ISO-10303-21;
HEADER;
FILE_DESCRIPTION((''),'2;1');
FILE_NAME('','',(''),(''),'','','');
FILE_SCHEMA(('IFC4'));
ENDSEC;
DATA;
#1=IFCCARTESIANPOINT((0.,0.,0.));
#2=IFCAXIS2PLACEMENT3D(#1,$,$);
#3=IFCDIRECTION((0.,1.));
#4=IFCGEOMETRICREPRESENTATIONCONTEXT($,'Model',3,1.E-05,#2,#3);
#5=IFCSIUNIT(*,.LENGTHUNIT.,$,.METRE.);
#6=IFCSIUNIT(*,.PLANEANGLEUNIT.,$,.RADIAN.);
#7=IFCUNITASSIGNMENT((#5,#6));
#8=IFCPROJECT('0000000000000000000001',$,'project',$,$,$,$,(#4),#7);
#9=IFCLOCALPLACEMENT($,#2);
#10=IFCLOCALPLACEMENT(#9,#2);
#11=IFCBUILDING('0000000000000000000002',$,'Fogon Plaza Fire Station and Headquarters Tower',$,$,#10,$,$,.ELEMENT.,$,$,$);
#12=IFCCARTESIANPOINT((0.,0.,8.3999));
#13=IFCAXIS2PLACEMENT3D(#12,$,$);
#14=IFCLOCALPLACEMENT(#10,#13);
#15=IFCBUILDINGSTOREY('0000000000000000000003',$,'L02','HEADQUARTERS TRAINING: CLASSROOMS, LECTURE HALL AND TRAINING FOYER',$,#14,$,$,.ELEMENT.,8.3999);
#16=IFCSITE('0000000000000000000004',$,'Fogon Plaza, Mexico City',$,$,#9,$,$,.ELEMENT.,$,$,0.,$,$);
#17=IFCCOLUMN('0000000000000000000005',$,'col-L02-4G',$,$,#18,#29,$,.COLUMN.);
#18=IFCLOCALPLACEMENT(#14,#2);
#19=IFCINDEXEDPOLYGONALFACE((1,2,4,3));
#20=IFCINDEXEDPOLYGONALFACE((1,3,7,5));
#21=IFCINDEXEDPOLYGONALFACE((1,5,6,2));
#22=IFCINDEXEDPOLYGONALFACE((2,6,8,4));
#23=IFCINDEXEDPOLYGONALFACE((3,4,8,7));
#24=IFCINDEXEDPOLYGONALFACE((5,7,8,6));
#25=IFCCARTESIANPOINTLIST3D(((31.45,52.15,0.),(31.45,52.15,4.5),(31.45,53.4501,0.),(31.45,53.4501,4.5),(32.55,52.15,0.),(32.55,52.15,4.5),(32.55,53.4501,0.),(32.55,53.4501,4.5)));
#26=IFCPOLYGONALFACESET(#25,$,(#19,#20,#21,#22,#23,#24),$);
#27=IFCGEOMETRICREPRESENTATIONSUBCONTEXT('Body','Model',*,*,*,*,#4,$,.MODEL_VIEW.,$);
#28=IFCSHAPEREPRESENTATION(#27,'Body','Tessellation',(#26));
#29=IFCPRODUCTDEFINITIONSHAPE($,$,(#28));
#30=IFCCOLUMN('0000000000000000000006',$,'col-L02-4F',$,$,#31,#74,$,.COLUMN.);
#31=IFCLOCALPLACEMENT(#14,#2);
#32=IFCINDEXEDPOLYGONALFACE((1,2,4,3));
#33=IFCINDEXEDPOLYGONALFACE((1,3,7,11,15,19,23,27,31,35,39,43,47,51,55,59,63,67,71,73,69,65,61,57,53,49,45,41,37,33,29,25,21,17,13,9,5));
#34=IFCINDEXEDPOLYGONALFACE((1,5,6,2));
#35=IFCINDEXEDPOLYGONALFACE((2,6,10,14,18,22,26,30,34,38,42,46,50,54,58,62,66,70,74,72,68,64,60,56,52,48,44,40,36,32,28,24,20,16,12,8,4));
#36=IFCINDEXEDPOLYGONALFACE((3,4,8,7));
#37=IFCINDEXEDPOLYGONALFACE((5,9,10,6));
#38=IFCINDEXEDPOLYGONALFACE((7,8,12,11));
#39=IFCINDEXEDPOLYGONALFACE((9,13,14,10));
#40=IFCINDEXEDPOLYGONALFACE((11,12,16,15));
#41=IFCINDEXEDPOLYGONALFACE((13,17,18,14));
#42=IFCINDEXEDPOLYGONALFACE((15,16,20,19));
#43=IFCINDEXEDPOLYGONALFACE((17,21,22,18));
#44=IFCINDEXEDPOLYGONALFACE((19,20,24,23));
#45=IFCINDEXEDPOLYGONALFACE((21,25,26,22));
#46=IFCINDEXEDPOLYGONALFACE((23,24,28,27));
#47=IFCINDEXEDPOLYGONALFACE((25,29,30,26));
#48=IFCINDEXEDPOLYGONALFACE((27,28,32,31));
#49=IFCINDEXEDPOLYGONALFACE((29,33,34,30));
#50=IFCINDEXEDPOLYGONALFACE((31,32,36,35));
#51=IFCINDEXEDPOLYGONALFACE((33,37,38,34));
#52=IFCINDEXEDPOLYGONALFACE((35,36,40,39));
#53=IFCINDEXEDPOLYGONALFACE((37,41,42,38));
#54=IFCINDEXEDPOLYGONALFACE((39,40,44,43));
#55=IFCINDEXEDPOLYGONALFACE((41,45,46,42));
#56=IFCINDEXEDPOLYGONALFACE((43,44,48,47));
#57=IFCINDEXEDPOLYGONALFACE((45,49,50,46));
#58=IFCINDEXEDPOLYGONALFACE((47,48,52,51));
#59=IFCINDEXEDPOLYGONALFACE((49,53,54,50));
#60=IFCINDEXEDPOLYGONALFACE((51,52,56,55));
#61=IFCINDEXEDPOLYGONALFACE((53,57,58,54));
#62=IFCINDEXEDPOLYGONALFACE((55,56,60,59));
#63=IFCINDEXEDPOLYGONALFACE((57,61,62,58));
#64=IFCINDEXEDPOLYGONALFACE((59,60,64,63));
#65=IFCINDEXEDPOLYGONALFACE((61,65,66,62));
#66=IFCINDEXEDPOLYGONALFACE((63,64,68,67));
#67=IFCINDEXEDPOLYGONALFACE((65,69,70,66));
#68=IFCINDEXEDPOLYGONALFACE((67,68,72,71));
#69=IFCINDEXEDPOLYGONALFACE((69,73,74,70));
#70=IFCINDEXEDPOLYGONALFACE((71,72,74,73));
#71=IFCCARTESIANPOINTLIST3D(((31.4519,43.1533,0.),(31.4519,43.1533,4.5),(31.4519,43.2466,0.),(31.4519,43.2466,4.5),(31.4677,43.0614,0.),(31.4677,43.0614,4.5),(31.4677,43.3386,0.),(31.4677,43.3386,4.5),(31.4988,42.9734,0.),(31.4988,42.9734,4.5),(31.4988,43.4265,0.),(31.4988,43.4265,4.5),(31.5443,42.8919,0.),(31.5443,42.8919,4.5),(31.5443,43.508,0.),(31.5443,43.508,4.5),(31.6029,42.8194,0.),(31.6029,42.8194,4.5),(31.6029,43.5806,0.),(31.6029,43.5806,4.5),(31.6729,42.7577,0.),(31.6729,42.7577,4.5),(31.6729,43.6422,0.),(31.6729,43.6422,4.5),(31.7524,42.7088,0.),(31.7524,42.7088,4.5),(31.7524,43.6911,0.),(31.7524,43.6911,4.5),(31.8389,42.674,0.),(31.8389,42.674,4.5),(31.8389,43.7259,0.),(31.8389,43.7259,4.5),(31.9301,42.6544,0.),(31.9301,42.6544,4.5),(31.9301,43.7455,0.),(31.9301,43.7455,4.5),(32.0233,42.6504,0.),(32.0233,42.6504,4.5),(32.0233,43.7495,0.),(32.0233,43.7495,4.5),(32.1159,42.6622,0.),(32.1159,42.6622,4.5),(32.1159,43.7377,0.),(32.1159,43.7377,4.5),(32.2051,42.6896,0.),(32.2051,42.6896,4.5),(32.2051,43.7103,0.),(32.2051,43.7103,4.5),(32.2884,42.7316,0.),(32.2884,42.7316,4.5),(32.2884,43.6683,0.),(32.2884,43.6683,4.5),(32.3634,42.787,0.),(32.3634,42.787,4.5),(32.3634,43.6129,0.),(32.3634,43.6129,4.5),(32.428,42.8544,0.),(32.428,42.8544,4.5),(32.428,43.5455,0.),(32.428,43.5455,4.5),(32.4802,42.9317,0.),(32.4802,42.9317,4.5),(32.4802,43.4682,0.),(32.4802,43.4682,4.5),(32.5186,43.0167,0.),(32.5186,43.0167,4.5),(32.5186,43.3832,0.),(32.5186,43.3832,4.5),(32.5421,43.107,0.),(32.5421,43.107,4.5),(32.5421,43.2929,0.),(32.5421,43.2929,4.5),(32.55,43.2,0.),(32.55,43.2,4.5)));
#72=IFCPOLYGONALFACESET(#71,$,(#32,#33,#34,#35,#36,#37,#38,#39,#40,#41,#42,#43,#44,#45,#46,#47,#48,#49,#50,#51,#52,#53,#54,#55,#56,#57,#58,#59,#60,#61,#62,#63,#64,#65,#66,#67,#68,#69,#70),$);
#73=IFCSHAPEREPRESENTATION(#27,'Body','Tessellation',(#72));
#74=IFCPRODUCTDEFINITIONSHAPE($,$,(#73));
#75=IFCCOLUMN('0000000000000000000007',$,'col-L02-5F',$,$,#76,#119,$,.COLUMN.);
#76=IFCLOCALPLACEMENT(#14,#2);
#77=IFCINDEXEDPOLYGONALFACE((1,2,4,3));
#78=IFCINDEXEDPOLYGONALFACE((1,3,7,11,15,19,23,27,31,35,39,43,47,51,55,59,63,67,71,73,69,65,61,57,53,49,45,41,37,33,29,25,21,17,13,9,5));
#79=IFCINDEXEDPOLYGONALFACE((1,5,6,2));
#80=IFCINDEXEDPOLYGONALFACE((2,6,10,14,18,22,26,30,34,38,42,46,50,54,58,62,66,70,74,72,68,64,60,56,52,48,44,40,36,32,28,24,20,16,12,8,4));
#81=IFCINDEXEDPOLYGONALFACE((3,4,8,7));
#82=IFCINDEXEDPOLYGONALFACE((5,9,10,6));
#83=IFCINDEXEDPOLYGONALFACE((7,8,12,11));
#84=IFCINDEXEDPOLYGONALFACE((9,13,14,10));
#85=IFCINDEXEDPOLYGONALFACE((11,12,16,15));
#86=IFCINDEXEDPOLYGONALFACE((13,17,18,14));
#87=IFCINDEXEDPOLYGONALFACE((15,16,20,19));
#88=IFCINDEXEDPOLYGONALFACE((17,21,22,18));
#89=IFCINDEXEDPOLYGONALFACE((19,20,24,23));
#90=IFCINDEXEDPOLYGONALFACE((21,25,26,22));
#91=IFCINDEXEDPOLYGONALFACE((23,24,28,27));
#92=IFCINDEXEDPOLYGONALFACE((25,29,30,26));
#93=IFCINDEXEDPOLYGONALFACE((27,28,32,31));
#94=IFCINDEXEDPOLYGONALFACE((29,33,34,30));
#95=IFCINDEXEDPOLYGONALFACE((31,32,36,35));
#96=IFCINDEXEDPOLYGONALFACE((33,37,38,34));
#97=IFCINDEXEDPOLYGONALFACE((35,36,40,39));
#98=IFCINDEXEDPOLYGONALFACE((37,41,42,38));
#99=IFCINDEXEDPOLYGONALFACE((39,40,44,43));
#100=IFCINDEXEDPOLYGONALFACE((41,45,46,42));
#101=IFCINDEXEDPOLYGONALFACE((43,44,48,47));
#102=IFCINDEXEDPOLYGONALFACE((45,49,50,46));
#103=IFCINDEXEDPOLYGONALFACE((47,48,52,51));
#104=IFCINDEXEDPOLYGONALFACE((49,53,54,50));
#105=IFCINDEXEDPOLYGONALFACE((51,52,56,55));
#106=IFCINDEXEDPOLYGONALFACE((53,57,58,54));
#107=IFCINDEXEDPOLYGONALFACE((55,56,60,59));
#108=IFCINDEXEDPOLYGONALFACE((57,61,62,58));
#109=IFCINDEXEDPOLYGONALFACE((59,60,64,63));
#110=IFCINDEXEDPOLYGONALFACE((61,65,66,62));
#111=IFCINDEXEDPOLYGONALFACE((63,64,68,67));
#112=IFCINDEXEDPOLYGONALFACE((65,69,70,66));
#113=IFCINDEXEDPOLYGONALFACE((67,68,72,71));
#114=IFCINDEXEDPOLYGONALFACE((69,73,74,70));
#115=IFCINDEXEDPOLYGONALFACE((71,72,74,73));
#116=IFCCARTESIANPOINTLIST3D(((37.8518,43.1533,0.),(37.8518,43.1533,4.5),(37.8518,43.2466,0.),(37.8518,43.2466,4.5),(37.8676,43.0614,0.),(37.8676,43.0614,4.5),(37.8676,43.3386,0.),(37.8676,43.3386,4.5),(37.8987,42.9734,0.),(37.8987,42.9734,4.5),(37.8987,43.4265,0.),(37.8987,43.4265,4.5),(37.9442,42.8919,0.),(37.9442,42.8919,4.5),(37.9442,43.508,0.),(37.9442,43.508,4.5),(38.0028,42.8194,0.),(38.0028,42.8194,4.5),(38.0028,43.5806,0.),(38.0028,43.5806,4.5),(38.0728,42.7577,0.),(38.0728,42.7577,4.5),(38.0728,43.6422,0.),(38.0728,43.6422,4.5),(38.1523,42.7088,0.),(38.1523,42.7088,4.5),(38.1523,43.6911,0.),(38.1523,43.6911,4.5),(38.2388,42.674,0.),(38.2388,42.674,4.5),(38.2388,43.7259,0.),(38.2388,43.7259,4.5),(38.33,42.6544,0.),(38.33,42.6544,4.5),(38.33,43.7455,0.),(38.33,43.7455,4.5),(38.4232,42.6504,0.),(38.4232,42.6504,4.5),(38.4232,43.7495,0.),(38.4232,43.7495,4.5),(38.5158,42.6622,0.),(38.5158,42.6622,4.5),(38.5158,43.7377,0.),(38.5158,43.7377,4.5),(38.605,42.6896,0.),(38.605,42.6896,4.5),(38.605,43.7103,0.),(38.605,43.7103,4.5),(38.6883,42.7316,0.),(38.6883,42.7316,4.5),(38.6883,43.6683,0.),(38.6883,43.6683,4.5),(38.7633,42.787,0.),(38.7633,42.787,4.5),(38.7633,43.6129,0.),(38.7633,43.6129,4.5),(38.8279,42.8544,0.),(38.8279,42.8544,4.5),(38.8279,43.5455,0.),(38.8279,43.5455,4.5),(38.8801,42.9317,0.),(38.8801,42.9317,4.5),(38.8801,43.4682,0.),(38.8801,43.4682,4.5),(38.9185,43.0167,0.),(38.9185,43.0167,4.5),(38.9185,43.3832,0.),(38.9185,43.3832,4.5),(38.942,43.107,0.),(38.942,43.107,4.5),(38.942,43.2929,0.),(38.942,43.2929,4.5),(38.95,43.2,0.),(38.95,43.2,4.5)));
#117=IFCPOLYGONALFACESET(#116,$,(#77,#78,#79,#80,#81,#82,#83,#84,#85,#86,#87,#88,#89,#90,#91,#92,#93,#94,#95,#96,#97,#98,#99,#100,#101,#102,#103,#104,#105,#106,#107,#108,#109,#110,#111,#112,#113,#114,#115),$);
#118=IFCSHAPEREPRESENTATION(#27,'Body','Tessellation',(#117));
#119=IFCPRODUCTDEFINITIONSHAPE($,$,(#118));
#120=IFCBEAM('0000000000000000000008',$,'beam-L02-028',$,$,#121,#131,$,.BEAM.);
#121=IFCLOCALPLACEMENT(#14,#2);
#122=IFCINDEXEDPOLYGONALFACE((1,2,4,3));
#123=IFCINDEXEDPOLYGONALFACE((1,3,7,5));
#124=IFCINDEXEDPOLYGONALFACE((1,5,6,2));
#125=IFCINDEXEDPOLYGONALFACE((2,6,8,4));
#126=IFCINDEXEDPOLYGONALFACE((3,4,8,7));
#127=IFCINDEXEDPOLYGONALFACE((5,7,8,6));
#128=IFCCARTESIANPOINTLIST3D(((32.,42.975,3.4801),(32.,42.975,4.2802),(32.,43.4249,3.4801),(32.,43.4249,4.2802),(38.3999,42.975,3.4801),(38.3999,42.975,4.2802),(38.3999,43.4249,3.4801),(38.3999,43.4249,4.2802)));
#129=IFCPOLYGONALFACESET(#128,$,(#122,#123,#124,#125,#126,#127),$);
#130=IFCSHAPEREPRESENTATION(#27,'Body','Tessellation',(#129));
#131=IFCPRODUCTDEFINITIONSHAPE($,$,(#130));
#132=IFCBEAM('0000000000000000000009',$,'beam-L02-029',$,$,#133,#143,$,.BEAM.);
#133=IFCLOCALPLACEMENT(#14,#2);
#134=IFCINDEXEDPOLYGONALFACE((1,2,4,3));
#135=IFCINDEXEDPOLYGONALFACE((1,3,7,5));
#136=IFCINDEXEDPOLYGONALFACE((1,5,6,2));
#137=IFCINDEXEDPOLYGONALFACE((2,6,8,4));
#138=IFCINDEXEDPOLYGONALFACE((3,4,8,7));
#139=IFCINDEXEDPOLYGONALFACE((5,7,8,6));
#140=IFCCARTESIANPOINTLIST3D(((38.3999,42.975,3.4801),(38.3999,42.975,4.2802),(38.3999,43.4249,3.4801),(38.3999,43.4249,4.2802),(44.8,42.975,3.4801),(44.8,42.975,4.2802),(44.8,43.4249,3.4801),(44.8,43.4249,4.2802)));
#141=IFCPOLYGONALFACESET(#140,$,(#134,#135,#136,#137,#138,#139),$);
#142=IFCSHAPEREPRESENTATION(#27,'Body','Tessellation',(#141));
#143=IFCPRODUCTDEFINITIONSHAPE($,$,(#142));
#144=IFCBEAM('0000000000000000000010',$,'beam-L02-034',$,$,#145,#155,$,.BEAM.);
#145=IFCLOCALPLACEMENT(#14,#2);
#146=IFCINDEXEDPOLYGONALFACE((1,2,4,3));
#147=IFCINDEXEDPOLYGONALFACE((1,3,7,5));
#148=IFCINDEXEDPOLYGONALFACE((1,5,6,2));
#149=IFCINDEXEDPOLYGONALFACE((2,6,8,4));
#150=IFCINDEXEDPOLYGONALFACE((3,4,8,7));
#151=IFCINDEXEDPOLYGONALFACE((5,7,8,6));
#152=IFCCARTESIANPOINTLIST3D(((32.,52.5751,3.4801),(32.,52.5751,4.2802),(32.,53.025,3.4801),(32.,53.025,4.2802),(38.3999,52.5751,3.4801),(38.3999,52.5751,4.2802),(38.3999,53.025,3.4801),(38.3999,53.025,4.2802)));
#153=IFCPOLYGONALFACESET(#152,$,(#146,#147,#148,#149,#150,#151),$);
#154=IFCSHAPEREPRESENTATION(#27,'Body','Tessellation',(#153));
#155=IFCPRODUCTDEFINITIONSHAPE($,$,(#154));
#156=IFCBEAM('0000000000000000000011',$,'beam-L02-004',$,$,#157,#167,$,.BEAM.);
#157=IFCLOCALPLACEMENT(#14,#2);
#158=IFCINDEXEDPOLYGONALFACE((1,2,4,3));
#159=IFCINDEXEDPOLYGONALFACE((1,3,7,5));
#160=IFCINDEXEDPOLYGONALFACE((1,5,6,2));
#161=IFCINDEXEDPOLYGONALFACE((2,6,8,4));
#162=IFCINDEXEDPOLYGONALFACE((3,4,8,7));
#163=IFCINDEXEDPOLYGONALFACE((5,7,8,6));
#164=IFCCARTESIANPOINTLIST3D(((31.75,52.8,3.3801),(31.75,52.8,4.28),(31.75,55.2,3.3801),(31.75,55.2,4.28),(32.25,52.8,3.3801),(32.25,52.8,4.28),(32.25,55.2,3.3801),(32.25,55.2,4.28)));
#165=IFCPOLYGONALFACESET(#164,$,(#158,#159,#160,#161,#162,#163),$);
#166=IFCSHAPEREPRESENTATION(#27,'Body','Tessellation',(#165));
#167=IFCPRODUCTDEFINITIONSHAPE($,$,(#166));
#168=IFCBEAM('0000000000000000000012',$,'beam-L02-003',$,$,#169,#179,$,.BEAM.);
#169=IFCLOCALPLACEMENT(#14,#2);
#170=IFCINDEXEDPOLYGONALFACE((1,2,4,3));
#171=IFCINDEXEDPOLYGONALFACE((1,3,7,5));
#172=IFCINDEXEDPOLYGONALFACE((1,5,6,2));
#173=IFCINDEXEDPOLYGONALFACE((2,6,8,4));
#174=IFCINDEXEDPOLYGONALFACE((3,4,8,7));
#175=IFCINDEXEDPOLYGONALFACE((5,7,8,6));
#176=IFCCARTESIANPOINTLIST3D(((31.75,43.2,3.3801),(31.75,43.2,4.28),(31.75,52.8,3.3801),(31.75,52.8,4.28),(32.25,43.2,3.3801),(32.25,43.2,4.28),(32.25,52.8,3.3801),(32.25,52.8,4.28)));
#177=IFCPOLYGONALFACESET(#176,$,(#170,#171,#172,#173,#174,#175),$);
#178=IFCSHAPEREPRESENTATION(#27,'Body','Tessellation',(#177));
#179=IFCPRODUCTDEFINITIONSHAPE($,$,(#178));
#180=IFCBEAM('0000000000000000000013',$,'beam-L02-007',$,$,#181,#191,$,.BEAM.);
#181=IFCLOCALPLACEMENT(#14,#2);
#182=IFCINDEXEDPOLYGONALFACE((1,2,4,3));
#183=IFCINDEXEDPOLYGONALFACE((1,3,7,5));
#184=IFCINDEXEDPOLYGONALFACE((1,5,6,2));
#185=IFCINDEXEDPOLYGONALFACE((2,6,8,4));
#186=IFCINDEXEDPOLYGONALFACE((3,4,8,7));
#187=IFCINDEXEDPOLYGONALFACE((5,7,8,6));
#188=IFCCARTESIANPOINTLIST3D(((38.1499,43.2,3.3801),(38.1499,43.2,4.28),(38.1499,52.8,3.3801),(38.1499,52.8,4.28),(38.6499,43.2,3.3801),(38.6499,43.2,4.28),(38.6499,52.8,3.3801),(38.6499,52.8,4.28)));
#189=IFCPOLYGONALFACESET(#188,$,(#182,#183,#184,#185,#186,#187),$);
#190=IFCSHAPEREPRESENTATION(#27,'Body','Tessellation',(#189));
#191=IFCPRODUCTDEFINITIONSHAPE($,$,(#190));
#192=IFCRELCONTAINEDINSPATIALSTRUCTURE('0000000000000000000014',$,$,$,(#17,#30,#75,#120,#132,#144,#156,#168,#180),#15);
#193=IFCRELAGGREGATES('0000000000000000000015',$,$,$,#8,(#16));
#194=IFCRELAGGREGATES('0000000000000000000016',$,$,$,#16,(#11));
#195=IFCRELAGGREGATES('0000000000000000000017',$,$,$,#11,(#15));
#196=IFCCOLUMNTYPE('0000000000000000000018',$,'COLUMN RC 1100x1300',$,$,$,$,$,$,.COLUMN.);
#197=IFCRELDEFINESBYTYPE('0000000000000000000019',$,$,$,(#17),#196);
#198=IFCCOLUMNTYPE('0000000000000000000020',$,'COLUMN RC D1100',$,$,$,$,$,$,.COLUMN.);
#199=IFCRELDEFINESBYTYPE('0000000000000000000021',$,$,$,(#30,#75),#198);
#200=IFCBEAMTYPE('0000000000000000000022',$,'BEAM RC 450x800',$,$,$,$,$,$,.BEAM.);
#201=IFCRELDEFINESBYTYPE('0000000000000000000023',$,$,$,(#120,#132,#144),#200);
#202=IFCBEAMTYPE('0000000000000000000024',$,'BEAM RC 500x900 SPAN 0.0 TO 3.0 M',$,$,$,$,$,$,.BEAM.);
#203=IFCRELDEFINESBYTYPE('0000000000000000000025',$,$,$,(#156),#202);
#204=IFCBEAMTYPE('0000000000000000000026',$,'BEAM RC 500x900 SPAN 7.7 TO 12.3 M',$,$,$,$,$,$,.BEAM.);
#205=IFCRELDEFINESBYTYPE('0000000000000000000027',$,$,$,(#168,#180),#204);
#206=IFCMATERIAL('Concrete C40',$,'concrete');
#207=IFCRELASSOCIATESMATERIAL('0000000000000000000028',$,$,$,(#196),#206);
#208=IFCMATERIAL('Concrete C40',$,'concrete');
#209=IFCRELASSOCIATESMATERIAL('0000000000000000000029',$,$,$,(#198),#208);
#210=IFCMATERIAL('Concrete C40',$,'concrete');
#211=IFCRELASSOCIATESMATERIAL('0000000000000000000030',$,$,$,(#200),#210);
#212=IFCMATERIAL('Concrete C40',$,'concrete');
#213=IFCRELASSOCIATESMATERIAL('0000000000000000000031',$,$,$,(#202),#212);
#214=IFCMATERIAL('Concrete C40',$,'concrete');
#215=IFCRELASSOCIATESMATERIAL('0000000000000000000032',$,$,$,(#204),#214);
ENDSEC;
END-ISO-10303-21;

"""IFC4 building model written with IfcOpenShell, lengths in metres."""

from ifc_helpers import new_model, si_unit, direction, frame, origin, origin_2d, place, context, subcontext, project, spatial, rectangle, circle, extrude, material, material_profile, profile_set, type_object, element, save


model = new_model("IFC4")

# Units and contexts
model_context = context("Model", 3, precision=1e-05, world=origin(), true_north=direction((0.0, 1.0)))
body_context = subcontext(model_context, "Body", "Model", "MODEL_VIEW")
ifc_project = project(units=[si_unit("LENGTHUNIT", "METRE"), si_unit("PLANEANGLEUNIT", "RADIAN")], contexts=[model_context])

# Site, building, storey
site_placement = place(None, origin())
site = spatial("IfcSite", under=ifc_project, at=site_placement, Name="Fogon Plaza, Mexico City", CompositionType="ELEMENT", RefElevation=0.0)
building_placement = place(site_placement, origin())
building = spatial("IfcBuilding", under=site, at=building_placement, Name="Fogon Plaza Fire Station and Headquarters Tower", CompositionType="ELEMENT")
storey_placement = place(building_placement, frame((0.0, 0.0, 8.3999)))
storey = spatial("IfcBuildingStorey", under=building, at=storey_placement, Name="L02", Description="HEADQUARTERS TRAINING: CLASSROOMS, LECTURE HALL AND TRAINING FOYER", CompositionType="ELEMENT", Elevation=8.3999)

# Columns
ifc_material_1 = material(Name="Concrete C40", Category="concrete")
ifc_material_profile_1 = material_profile(ifc_material_1, rectangle(XDim=1.1001, YDim=1.3, at=origin_2d()), Name="RC 1100x1300")
ifc_profile_set_1 = profile_set([ifc_material_profile_1], Name="Concrete C40")
column_type_1 = type_object("IfcColumnType", Name="COLUMN RC 1100x1300", PredefinedType="COLUMN", material=ifc_profile_set_1)
column_placement = place(storey_placement, frame((32.0, 52.8, 0.0), z_axis=(0.0, 0.0, 1.0), x_axis=(1.0, 0.0, 0.0)))
element("IfcColumn", 1, at=column_placement, inside=storey, type_object=column_type_1, Name="col-L02-4G", PredefinedType="COLUMN", context=body_context, shape_type="SweptSolid", body=[
    extrude(rectangle(XDim=1.1001, YDim=1.3, at=origin_2d()), origin(), (0.0, 0.0, 1.0), 4.5),
])
ifc_material_2 = material(Name="Concrete C40", Category="concrete")
ifc_material_profile_2 = material_profile(ifc_material_2, circle(Radius=0.55, at=origin_2d()), Name="RC D1100")
ifc_profile_set_2 = profile_set([ifc_material_profile_2], Name="Concrete C40")
column_type_2 = type_object("IfcColumnType", Name="COLUMN RC D1100", PredefinedType="COLUMN", material=ifc_profile_set_2)
for number, where, z_axis, x_axis, name in (
    (2, (32.0, 43.2, 0.0), (0.0, 0.0, 1.0), (1.0, 0.0, 0.0), "col-L02-4F"),
    (3, (38.3999, 43.2, 0.0), (0.0, 0.0, 1.0), (1.0, 0.0, 0.0), "col-L02-5F"),
):
    element("IfcColumn", number, at=place(storey_placement, frame(where, z_axis=z_axis, x_axis=x_axis)), inside=storey, type_object=column_type_2, Name=name, PredefinedType="COLUMN", context=body_context, shape_type="SweptSolid", body=[
        extrude(circle(Radius=0.55, at=origin_2d()), origin(), (0.0, 0.0, 1.0), 4.5),
    ])

# Beams
ifc_material_3 = material(Name="Concrete C40", Category="concrete")
ifc_material_profile_3 = material_profile(ifc_material_3, rectangle(XDim=0.45, YDim=0.8, at=origin_2d()), Name="RC 450x800")
ifc_profile_set_3 = profile_set([ifc_material_profile_3], Name="Concrete C40")
beam_type_1 = type_object("IfcBeamType", Name="BEAM RC 450x800", PredefinedType="BEAM", material=ifc_profile_set_3)
beam_1_placement = place(storey_placement, frame((32.0, 43.2, 3.8801), z_axis=(1.0, 0.0, 0.0), x_axis=(0.0, 1.0, 0.0)))
element("IfcBeam", 4, at=beam_1_placement, inside=storey, type_object=beam_type_1, Name="beam-L02-028", PredefinedType="BEAM", context=body_context, shape_type="SweptSolid", body=[
    extrude(rectangle(XDim=0.45, YDim=0.8, at=origin_2d()), origin(), (0.0, 0.0, 1.0), 6.3999),
])
beam_2_placement = place(storey_placement, frame((38.3999, 43.2, 3.8801), z_axis=(1.0, 0.0, 0.0), x_axis=(0.0, 1.0, 0.0)))
element("IfcBeam", 5, at=beam_2_placement, inside=storey, type_object=beam_type_1, Name="beam-L02-029", PredefinedType="BEAM", context=body_context, shape_type="SweptSolid", body=[
    extrude(rectangle(XDim=0.45, YDim=0.8, at=origin_2d()), origin(), (0.0, 0.0, 1.0), 6.4001),
])
beam_3_placement = place(storey_placement, frame((32.0, 52.8, 3.8801), z_axis=(1.0, 0.0, 0.0), x_axis=(0.0, 1.0, 0.0)))
element("IfcBeam", 6, at=beam_3_placement, inside=storey, type_object=beam_type_1, Name="beam-L02-034", PredefinedType="BEAM", context=body_context, shape_type="SweptSolid", body=[
    extrude(rectangle(XDim=0.45, YDim=0.8, at=origin_2d()), origin(), (0.0, 0.0, 1.0), 6.3999),
])
ifc_material_4 = material(Name="Concrete C40", Category="concrete")
ifc_material_profile_4 = material_profile(ifc_material_4, rectangle(XDim=0.5, YDim=0.8999, at=origin_2d()), Name="RC 500x900")
ifc_profile_set_4 = profile_set([ifc_material_profile_4], Name="Concrete C40")
beam_type_2 = type_object("IfcBeamType", Name="BEAM RC 500x900 SPAN 0.0 TO 3.0 M", PredefinedType="BEAM", material=ifc_profile_set_4)
beam_4_placement = place(storey_placement, frame((32.0, 52.8, 3.8301), z_axis=(0.0, 1.0, 0.0), x_axis=(-1.0, 0.0, 0.0)))
element("IfcBeam", 7, at=beam_4_placement, inside=storey, type_object=beam_type_2, Name="beam-L02-004", PredefinedType="BEAM", context=body_context, shape_type="SweptSolid", body=[
    extrude(rectangle(XDim=0.5, YDim=0.8999, at=origin_2d()), origin(), (0.0, 0.0, 1.0), 2.3999),
])
ifc_material_5 = material(Name="Concrete C40", Category="concrete")
ifc_material_profile_5 = material_profile(ifc_material_5, rectangle(XDim=0.5, YDim=0.8999, at=origin_2d()), Name="RC 500x900")
ifc_profile_set_5 = profile_set([ifc_material_profile_5], Name="Concrete C40")
beam_type_3 = type_object("IfcBeamType", Name="BEAM RC 500x900 SPAN 7.7 TO 12.3 M", PredefinedType="BEAM", material=ifc_profile_set_5)
for number, where, z_axis, x_axis, name in (
    (8, (32.0, 43.2, 3.8301), (0.0, 1.0, 0.0), (-1.0, 0.0, 0.0), "beam-L02-003"),
    (9, (38.3999, 43.2, 3.8301), (0.0, 1.0, 0.0), (-1.0, 0.0, 0.0), "beam-L02-007"),
):
    element("IfcBeam", number, at=place(storey_placement, frame(where, z_axis=z_axis, x_axis=x_axis)), inside=storey, type_object=beam_type_3, Name=name, PredefinedType="BEAM", context=body_context, shape_type="SweptSolid", body=[
        extrude(rectangle(XDim=0.5, YDim=0.8999, at=origin_2d()), origin(), (0.0, 0.0, 1.0), 9.6001),
    ])

save(model, "model.ifc")
